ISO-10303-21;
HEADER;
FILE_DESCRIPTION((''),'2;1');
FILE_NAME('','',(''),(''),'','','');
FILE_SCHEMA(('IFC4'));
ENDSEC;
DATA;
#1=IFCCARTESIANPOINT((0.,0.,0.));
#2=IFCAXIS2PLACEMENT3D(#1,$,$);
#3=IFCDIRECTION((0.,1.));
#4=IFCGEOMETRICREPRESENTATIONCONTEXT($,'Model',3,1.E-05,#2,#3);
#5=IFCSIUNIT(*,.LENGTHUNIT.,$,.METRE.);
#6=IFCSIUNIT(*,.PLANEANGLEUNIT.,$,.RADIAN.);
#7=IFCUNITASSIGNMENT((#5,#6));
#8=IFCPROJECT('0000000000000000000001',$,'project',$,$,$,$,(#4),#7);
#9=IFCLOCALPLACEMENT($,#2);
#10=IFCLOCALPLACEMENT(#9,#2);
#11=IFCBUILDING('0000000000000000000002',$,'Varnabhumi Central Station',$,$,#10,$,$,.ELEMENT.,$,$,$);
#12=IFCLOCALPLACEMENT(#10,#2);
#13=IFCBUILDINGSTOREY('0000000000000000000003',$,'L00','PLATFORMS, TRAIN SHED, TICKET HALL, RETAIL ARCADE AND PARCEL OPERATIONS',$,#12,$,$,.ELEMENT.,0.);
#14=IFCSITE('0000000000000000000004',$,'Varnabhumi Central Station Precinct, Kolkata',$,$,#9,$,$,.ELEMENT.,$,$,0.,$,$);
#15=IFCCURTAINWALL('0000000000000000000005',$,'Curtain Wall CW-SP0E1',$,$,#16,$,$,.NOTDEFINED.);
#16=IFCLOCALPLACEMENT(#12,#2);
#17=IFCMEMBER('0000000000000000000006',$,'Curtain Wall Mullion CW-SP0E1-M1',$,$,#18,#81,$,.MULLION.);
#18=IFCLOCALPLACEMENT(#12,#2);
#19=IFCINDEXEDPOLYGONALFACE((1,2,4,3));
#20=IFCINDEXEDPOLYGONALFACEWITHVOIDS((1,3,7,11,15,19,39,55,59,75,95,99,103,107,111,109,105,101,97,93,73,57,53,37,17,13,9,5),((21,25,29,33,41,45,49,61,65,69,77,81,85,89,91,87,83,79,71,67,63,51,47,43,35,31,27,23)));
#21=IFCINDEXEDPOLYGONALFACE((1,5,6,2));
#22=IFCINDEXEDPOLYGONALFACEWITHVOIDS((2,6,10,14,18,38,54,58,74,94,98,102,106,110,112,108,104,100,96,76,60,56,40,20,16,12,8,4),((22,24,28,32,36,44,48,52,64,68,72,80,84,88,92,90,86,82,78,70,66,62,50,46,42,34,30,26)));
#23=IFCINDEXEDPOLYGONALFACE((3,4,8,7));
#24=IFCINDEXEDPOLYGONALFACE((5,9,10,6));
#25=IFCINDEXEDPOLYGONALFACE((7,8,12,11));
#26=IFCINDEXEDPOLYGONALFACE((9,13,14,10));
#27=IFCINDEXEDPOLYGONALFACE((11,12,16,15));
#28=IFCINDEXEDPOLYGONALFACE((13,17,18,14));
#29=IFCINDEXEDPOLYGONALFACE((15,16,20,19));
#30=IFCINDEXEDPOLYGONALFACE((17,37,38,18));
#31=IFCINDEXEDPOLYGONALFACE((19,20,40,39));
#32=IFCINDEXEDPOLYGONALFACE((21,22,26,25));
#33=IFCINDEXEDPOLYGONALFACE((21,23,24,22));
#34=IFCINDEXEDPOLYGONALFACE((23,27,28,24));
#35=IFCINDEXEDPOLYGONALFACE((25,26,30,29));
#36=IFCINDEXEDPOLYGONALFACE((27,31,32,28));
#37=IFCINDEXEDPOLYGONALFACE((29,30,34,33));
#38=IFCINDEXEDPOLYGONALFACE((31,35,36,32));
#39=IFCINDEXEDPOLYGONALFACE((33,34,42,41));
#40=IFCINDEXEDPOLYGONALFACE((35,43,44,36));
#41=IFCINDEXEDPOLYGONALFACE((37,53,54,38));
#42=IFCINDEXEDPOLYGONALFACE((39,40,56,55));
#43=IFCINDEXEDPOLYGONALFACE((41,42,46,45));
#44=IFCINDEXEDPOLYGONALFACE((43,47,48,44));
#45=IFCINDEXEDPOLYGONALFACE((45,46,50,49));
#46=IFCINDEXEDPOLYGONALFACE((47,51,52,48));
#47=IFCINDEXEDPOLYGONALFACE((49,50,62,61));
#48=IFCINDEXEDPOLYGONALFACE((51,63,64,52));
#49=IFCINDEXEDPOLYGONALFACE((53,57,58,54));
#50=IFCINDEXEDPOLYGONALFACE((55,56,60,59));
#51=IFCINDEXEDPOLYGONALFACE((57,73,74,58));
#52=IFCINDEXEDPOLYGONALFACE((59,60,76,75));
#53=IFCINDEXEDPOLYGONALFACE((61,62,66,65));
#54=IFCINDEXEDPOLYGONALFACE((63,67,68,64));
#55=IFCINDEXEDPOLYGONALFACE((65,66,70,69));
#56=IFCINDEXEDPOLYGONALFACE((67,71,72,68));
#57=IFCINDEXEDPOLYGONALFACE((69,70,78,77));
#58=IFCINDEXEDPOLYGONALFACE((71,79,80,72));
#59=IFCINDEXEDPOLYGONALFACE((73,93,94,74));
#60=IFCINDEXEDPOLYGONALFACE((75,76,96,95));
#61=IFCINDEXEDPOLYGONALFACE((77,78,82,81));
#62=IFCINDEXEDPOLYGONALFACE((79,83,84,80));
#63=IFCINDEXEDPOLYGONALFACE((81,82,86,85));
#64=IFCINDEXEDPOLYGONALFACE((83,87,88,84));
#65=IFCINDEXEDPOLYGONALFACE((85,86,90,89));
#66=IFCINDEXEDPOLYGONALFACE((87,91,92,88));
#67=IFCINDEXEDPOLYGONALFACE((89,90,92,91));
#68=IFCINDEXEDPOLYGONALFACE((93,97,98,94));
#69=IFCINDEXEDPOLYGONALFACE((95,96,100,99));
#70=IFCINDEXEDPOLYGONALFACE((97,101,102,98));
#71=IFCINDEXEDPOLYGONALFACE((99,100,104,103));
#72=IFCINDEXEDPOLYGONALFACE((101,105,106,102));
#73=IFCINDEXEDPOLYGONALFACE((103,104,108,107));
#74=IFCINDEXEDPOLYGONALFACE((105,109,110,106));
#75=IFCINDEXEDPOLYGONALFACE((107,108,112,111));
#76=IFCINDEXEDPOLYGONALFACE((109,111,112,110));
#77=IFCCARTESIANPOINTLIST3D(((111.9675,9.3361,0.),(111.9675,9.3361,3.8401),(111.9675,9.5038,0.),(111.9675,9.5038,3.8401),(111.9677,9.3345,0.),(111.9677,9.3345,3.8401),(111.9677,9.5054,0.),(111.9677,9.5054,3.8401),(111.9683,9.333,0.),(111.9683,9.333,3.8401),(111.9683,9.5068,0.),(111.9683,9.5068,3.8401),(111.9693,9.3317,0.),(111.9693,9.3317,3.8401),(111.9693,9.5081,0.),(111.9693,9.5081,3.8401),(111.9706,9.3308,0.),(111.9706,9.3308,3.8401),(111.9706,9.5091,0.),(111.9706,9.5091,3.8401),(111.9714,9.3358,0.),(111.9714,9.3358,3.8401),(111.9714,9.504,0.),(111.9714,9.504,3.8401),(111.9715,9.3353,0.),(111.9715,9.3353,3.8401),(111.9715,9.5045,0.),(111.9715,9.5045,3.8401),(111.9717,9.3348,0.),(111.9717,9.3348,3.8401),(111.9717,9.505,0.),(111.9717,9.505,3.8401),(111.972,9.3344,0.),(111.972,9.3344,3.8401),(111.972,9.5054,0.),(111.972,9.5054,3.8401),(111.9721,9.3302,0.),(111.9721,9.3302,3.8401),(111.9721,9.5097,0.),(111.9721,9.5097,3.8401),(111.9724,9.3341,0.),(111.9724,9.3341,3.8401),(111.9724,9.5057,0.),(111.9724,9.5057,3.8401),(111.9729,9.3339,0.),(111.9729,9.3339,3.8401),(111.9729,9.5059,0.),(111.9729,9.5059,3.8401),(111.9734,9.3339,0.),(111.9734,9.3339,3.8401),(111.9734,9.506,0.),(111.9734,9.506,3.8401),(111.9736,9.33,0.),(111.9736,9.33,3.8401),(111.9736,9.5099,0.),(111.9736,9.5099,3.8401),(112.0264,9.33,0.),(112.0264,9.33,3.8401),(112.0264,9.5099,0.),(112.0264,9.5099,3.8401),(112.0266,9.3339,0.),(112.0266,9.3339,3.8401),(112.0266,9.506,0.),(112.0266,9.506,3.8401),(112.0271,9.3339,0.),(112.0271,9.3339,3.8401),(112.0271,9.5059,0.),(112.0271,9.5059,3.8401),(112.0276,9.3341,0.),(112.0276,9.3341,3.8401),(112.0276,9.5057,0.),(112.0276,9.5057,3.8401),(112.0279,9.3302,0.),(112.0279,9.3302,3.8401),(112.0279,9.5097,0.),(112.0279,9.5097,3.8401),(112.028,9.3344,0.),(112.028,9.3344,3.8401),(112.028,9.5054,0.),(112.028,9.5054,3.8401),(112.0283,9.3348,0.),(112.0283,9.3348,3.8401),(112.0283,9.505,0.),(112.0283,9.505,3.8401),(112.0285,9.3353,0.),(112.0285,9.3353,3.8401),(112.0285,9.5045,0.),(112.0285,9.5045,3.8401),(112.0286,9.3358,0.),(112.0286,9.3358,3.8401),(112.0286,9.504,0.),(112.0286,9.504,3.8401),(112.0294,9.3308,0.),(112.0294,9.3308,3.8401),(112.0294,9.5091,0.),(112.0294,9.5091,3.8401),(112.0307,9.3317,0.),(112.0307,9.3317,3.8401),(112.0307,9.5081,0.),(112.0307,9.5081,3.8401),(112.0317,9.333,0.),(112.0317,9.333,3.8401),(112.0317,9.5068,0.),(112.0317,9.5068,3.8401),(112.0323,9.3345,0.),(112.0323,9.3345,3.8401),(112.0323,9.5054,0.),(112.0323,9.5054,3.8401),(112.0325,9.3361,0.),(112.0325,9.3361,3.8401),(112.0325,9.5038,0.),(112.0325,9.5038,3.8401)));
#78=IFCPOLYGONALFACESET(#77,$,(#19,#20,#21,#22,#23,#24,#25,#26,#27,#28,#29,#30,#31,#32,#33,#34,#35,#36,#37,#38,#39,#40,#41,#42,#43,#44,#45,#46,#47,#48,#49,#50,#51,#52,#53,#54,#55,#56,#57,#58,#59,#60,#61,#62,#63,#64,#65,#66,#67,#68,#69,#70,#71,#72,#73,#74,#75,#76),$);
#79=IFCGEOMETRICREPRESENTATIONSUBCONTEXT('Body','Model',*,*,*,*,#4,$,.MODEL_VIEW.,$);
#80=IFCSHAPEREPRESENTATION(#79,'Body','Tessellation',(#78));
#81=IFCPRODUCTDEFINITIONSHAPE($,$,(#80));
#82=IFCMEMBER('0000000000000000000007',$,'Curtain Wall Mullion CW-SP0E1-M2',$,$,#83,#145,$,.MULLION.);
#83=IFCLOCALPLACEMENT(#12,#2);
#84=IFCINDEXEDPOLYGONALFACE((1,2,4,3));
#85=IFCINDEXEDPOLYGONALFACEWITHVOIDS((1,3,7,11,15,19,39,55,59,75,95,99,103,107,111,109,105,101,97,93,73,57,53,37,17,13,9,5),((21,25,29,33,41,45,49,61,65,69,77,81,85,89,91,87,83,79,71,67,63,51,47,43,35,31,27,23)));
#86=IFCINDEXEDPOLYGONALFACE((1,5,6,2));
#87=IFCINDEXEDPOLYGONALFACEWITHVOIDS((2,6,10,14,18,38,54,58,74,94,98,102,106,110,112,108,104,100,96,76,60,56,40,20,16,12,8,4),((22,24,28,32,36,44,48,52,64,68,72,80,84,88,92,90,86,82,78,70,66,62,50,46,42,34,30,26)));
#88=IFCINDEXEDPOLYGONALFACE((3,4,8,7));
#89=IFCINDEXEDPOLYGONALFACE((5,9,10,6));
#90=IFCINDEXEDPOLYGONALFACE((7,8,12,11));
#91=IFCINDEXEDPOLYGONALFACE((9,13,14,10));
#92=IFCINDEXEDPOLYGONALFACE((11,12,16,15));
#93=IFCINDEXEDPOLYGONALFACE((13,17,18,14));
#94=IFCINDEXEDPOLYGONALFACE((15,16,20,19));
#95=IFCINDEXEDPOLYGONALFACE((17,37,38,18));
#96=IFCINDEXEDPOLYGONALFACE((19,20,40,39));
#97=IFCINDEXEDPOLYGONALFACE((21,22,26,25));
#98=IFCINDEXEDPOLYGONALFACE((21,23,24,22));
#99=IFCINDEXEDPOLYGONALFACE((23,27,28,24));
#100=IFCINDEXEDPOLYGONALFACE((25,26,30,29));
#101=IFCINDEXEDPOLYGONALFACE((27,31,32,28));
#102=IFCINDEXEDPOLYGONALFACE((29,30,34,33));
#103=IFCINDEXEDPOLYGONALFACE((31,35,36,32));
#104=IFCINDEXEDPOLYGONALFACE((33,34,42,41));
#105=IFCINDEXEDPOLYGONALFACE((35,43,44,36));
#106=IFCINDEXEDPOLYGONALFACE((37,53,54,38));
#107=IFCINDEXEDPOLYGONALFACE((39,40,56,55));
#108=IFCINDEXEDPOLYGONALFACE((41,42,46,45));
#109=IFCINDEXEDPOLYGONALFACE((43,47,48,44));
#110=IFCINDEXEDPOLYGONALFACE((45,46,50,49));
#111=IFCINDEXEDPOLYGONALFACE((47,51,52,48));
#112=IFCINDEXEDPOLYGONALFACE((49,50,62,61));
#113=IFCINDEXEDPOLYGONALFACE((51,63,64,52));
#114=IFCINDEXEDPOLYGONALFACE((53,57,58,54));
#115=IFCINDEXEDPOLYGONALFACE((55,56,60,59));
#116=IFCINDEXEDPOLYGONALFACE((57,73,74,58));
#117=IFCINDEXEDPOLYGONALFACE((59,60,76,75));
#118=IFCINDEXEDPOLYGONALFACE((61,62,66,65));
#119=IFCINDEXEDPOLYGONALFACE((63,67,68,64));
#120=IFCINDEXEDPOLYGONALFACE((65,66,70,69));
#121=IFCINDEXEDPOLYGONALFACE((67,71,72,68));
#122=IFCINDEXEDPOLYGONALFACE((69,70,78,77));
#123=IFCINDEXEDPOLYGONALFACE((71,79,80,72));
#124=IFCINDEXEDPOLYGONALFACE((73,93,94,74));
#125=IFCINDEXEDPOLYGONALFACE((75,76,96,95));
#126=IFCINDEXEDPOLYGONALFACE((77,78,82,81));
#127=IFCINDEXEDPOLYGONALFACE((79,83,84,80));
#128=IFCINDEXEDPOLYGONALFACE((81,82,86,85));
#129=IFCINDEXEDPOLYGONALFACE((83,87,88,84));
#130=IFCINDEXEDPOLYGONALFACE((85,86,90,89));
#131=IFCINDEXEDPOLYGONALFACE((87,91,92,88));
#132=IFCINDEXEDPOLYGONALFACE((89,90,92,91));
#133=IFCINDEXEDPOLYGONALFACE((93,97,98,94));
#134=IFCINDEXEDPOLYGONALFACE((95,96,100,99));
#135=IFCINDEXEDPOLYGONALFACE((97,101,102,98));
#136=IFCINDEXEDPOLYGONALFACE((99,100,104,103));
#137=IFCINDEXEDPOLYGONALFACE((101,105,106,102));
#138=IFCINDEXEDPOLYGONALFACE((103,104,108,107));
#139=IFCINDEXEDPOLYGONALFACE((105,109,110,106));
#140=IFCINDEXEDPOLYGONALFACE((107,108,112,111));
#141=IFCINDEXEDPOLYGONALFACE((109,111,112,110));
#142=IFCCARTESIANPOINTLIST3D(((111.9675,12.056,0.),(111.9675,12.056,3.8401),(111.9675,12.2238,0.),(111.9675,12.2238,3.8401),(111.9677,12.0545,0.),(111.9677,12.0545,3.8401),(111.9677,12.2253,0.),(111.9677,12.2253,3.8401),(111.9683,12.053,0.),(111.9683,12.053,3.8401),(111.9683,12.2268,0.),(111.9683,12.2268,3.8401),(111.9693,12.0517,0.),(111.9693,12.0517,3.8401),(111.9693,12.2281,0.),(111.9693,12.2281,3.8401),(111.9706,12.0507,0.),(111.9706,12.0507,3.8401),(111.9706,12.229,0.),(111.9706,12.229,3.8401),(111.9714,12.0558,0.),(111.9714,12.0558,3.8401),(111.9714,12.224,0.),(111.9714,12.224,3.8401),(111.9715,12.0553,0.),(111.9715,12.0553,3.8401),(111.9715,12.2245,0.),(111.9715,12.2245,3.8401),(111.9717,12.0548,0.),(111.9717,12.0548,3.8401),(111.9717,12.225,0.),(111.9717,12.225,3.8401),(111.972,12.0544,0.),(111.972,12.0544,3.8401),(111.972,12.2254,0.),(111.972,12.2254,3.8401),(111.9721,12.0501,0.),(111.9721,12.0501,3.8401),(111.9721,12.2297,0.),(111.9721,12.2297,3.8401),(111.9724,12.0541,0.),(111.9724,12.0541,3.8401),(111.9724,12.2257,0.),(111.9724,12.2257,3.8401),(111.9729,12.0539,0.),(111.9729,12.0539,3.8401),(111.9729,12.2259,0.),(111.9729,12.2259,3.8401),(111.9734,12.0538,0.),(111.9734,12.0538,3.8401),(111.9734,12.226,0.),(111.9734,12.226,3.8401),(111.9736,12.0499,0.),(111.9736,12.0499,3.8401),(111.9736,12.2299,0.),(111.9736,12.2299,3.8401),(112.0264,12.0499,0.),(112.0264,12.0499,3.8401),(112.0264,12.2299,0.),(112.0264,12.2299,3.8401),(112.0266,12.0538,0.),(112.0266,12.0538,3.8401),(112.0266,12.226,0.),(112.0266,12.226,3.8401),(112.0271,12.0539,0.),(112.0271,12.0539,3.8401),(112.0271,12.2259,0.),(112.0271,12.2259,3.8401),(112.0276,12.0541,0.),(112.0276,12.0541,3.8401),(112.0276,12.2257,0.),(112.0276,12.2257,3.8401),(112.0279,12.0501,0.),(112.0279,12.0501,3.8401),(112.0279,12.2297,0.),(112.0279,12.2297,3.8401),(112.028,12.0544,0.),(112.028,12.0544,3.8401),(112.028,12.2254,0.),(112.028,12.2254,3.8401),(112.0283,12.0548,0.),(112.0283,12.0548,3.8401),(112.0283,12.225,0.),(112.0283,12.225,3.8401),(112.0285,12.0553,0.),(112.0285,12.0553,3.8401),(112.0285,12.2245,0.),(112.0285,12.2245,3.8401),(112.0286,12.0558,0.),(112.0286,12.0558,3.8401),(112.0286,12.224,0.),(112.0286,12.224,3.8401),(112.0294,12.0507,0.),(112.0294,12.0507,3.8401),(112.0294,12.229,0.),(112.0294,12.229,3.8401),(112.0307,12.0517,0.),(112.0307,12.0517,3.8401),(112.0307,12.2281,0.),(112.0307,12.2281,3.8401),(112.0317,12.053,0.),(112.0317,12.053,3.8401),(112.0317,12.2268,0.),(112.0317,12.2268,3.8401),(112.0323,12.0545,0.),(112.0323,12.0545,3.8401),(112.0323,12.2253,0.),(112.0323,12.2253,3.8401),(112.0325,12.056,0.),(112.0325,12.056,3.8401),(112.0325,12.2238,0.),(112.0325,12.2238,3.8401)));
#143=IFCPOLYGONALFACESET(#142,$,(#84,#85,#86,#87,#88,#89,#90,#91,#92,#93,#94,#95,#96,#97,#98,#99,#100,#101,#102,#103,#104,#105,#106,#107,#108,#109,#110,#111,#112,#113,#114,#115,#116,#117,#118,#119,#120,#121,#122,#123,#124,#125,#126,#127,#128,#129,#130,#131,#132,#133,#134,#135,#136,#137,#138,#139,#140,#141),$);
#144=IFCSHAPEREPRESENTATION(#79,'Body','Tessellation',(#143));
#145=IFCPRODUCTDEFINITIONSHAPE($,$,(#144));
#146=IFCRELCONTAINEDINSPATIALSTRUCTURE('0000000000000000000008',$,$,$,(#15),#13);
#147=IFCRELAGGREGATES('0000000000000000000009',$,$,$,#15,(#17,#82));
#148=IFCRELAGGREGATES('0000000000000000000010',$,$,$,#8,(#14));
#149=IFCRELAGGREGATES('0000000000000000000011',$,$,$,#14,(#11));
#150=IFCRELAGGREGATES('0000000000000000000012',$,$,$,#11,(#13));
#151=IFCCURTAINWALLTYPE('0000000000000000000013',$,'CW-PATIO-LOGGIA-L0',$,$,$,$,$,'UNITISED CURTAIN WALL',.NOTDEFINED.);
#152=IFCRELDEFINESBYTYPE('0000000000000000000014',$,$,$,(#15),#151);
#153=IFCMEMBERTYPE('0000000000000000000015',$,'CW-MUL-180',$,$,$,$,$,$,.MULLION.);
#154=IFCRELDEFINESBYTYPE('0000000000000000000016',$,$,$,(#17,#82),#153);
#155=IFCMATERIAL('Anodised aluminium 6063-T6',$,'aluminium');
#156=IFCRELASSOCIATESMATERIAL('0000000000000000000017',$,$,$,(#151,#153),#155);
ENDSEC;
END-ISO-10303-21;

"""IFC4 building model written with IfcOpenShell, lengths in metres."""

from ifc_helpers import new_model, si_unit, direction, frame, origin, origin_2d, place, context, subcontext, project, spatial, hollow_rectangle, extrude, material, material_profile, profile_set, type_object, element, aggregate, save


model = new_model("IFC4")

# Units and contexts
model_context = context("Model", 3, precision=1e-05, world=origin(), true_north=direction((0.0, 1.0)))
body_context = subcontext(model_context, "Body", "Model", "MODEL_VIEW")
ifc_project = project(units=[si_unit("LENGTHUNIT", "METRE"), si_unit("PLANEANGLEUNIT", "RADIAN")], contexts=[model_context])

# Site, building, storey
site_placement = place(None, origin())
site = spatial("IfcSite", under=ifc_project, at=site_placement, Name="Varnabhumi Central Station Precinct, Kolkata", CompositionType="ELEMENT", RefElevation=0.0)
building_placement = place(site_placement, origin())
building = spatial("IfcBuilding", under=site, at=building_placement, Name="Varnabhumi Central Station", CompositionType="ELEMENT")
storey_placement = place(building_placement, origin())
storey = spatial("IfcBuildingStorey", under=building, at=storey_placement, Name="L00", Description="PLATFORMS, TRAIN SHED, TICKET HALL, RETAIL ARCADE AND PARCEL OPERATIONS", CompositionType="ELEMENT", Elevation=0.0)

# Curtain wall, members
ifc_material_1 = material(Name="Anodised aluminium 6063-T6", Category="aluminium")
curtain_wall_type = type_object("IfcCurtainWallType", Name="CW-PATIO-LOGGIA-L0", ElementType="UNITISED CURTAIN WALL", PredefinedType="NOTDEFINED", material=ifc_material_1)
curtain_wall_1_placement = place(storey_placement, origin())
curtain_wall_1 = element("IfcCurtainWall", 1, at=curtain_wall_1_placement, inside=storey, type_object=curtain_wall_type, Name="Curtain Wall CW-SP0E1", PredefinedType="NOTDEFINED")
ifc_material_profile_1 = material_profile(ifc_material_1, hollow_rectangle(XDim=0.0649, YDim=0.1799, WallThickness=0.0039, InnerFilletRadius=0.002, OuterFilletRadius=0.0061, at=origin_2d()), Name="Anodised aluminium 6063-T6", Category="aluminium")
ifc_profile_set_1 = profile_set([ifc_material_profile_1], Name="Anodised aluminium 6063-T6")
member_type_1 = type_object("IfcMemberType", Name="CW-MUL-180", PredefinedType="MULLION", material=ifc_profile_set_1)
member_1_placement = place(storey_placement, frame((112.0, 9.4199, 0.0), z_axis=(0.0, 0.0, 1.0), x_axis=(1.0, 0.0, 0.0)))
member_1 = element("IfcMember", 2, at=member_1_placement, type_object=member_type_1, Name="Curtain Wall Mullion CW-SP0E1-M1", PredefinedType="MULLION", context=body_context, shape_type="SweptSolid", body=[
    extrude(hollow_rectangle(XDim=0.0649, YDim=0.1799, WallThickness=0.0039, InnerFilletRadius=0.002, OuterFilletRadius=0.0061, at=origin_2d()), origin(), (0.0, 0.0, 1.0), 3.8401),
])
member_2_placement = place(storey_placement, frame((112.0, 12.1399, 0.0), z_axis=(0.0, 0.0, 1.0), x_axis=(1.0, 0.0, 0.0)))
member_2 = element("IfcMember", 3, at=member_2_placement, type_object=member_type_1, Name="Curtain Wall Mullion CW-SP0E1-M2", PredefinedType="MULLION", context=body_context, shape_type="SweptSolid", body=[
    extrude(hollow_rectangle(XDim=0.0649, YDim=0.1799, WallThickness=0.0039, InnerFilletRadius=0.002, OuterFilletRadius=0.0061, at=origin_2d()), origin(), (0.0, 0.0, 1.0), 3.8401),
])

aggregate(curtain_wall_1, [member_1, member_2])

save(model, "model.ifc")
